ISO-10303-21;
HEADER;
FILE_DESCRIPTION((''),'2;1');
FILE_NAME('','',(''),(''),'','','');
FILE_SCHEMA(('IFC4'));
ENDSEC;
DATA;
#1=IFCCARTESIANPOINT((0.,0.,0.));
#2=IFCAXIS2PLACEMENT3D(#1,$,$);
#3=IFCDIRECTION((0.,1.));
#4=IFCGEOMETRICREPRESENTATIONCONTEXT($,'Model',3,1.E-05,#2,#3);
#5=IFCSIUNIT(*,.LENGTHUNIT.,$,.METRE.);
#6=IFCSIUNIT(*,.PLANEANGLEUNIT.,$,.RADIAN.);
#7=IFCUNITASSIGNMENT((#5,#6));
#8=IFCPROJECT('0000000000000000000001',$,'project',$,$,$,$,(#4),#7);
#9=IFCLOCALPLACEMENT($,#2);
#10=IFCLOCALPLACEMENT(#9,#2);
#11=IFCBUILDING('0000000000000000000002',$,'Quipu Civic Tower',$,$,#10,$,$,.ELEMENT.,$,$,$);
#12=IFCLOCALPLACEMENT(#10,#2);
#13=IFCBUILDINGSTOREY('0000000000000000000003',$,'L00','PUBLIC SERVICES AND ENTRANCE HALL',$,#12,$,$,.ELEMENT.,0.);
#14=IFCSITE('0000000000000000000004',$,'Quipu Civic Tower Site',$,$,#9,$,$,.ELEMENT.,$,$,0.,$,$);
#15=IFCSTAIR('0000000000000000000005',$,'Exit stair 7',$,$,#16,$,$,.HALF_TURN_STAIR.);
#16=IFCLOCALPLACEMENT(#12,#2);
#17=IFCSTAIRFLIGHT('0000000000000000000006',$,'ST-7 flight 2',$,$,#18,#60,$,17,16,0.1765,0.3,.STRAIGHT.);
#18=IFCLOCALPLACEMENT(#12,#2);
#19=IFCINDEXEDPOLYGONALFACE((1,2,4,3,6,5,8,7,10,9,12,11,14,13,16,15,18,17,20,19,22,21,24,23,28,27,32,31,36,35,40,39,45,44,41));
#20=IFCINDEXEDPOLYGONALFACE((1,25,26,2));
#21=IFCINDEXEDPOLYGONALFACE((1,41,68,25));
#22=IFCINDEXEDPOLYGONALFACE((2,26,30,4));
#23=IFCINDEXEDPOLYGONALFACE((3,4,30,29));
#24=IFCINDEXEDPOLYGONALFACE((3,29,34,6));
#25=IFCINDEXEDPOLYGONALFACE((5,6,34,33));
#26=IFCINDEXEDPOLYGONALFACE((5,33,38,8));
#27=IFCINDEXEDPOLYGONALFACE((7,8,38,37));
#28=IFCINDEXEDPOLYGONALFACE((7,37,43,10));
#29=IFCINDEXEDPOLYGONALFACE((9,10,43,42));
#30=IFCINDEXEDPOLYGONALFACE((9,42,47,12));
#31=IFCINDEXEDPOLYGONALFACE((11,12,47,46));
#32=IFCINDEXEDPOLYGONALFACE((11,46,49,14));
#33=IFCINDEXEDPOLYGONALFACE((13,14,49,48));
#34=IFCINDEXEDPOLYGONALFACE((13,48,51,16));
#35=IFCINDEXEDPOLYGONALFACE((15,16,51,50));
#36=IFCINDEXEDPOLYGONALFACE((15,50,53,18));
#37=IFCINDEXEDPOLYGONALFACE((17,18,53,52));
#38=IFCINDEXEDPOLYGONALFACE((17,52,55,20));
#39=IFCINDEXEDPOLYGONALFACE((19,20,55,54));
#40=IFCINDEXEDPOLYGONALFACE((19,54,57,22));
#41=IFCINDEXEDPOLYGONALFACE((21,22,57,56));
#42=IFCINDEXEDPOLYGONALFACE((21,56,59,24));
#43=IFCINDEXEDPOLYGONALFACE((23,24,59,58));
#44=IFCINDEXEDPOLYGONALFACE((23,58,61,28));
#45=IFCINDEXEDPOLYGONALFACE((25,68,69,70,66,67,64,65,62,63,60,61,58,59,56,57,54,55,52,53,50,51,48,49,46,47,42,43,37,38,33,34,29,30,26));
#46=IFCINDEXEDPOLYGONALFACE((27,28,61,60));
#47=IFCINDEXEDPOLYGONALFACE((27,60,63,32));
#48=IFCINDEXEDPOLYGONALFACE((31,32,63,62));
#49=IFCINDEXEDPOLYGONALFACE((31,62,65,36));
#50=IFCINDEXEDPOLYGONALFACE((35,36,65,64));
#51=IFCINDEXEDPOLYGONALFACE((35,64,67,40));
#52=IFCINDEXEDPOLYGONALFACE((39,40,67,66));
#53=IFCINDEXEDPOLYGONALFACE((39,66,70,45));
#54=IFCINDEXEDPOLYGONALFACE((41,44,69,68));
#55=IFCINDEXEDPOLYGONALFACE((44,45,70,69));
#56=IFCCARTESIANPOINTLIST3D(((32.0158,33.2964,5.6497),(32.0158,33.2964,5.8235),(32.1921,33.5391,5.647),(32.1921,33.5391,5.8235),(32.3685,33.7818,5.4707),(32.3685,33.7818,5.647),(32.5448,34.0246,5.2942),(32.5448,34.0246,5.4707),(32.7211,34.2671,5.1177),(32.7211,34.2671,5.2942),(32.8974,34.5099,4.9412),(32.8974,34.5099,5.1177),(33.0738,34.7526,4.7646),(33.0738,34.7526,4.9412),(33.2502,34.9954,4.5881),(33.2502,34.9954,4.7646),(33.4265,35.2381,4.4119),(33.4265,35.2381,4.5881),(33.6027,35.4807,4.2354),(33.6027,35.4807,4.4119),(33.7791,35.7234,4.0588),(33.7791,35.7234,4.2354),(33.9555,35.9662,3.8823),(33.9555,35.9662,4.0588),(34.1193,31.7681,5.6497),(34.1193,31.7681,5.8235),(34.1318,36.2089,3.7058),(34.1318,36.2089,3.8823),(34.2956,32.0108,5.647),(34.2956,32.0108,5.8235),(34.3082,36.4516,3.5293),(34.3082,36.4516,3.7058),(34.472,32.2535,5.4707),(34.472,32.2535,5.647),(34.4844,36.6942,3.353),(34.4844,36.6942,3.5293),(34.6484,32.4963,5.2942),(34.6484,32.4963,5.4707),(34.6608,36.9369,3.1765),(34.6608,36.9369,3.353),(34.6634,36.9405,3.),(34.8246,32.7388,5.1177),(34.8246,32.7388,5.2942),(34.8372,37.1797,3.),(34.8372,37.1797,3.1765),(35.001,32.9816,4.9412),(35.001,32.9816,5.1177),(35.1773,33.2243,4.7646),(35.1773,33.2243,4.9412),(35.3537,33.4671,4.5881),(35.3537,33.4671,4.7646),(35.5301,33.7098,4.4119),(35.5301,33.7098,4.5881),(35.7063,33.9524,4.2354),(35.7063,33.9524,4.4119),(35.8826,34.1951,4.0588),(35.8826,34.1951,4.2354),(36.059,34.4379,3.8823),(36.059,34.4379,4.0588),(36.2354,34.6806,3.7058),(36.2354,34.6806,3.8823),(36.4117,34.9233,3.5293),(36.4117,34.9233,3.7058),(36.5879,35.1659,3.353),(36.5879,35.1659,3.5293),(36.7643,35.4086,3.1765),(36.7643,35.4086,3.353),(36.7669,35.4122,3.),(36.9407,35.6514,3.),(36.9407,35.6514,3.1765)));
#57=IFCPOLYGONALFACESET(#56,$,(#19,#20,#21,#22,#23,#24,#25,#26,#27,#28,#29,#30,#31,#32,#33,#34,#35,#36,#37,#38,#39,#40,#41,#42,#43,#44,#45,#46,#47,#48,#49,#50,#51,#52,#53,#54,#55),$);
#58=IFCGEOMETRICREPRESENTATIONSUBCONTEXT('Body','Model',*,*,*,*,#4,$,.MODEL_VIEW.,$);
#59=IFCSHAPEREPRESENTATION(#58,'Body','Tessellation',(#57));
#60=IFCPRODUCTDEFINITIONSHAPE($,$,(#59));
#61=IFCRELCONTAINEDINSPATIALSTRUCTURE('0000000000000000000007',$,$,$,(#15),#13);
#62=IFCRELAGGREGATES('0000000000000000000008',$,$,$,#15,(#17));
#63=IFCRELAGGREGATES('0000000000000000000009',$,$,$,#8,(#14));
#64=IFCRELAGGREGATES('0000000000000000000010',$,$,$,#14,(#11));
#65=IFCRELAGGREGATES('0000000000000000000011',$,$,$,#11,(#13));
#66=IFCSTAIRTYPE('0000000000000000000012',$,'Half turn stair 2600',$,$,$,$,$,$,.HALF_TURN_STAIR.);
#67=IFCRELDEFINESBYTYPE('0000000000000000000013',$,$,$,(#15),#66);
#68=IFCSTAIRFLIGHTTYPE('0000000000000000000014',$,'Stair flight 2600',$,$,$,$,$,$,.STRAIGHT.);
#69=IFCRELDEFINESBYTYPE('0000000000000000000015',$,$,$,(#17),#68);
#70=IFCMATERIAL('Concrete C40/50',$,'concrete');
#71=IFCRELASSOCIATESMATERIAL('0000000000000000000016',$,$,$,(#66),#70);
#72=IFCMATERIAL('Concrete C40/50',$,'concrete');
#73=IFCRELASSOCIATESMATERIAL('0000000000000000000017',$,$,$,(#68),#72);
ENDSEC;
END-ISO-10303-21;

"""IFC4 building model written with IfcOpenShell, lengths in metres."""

from ifc_helpers import new_model, si_unit, direction, frame, origin, place, context, subcontext, project, spatial, polyline, outline, extrude, material, type_object, element, aggregate, save


model = new_model("IFC4")

# Units and contexts
model_context = context("Model", 3, precision=1e-05, world=origin(), true_north=direction((0.0, 1.0)))
body_context = subcontext(model_context, "Body", "Model", "MODEL_VIEW")
ifc_project = project(units=[si_unit("LENGTHUNIT", "METRE"), si_unit("PLANEANGLEUNIT", "RADIAN")], contexts=[model_context])

# Site, building, storey
site_placement = place(None, origin())
site = spatial("IfcSite", under=ifc_project, at=site_placement, Name="Quipu Civic Tower Site", CompositionType="ELEMENT", RefElevation=0.0)
building_placement = place(site_placement, origin())
building = spatial("IfcBuilding", under=site, at=building_placement, Name="Quipu Civic Tower", CompositionType="ELEMENT")
storey_placement = place(building_placement, origin())
storey = spatial("IfcBuildingStorey", under=building, at=storey_placement, Name="L00", Description="PUBLIC SERVICES AND ENTRANCE HALL", CompositionType="ELEMENT", Elevation=0.0)

# Stair, stair flight
ifc_material_1 = material(Name="Concrete C40/50", Category="concrete")
stair_type = type_object("IfcStairType", Name="Half turn stair 2600", PredefinedType="HALF_TURN_STAIR", material=ifc_material_1)
stair_placement = place(storey_placement, origin())
stair = element("IfcStair", 1, at=stair_placement, inside=storey, type_object=stair_type, Name="Exit stair 7", PredefinedType="HALF_TURN_STAIR")
ifc_material_2 = material(Name="Concrete C40/50", Category="concrete")
stair_flight_type = type_object("IfcStairFlightType", Name="Stair flight 2600", PredefinedType="STRAIGHT", material=ifc_material_2)
stair_flight_placement = place(storey_placement, frame((35.8889, 36.4155, 3.0), z_axis=(0.0, 0.0, 1.0), x_axis=(-0.587785, -0.809017, 0.0)))
stair_flight = element("IfcStairFlight", 2, at=stair_flight_placement, type_object=stair_flight_type, Name="ST-7 flight 2", NumberOfRisers=17, NumberOfTreads=16, PredefinedType="STRAIGHT", RiserHeight=0.1765, TreadLength=0.3, context=body_context, shape_type="SweptSolid", body=[
    extrude(outline(polyline([(0.0, 0.0), (0.0, 0.1765), (0.3, 0.1765), (0.3, 0.353), (0.6001, 0.353), (0.6001, 0.5293), (0.8999, 0.5293), (0.8999, 0.7058), (1.2, 0.7058), (1.2, 0.8823), (1.5, 0.8823), (1.5, 1.0588), (1.8, 1.0588), (1.8, 1.2354), (2.1001, 1.2354), (2.1001, 1.4119), (2.3999, 1.4119), (2.3999, 1.5881), (2.7, 1.5881), (2.7, 1.7646), (3.0, 1.7646), (3.0, 1.9412), (3.3, 1.9412), (3.3, 2.1177), (3.6001, 2.1177), (3.6001, 2.2942), (3.8999, 2.2942), (3.8999, 2.4707), (4.2, 2.4707), (4.2, 2.647), (4.5, 2.647), (4.5, 2.8235), (4.8, 2.8235), (4.8, 3.0), (4.8, 2.6497), (0.2957, 0.0), (0.0, 0.0)])), frame((0.0, 1.3, 0.0), z_axis=(0.0, -1.0, 0.0), x_axis=(1.0, 0.0, 0.0)), (0.0, 0.0, 1.0), 2.6001),
])
aggregate(stair, [stair_flight])

save(model, "model.ifc")
